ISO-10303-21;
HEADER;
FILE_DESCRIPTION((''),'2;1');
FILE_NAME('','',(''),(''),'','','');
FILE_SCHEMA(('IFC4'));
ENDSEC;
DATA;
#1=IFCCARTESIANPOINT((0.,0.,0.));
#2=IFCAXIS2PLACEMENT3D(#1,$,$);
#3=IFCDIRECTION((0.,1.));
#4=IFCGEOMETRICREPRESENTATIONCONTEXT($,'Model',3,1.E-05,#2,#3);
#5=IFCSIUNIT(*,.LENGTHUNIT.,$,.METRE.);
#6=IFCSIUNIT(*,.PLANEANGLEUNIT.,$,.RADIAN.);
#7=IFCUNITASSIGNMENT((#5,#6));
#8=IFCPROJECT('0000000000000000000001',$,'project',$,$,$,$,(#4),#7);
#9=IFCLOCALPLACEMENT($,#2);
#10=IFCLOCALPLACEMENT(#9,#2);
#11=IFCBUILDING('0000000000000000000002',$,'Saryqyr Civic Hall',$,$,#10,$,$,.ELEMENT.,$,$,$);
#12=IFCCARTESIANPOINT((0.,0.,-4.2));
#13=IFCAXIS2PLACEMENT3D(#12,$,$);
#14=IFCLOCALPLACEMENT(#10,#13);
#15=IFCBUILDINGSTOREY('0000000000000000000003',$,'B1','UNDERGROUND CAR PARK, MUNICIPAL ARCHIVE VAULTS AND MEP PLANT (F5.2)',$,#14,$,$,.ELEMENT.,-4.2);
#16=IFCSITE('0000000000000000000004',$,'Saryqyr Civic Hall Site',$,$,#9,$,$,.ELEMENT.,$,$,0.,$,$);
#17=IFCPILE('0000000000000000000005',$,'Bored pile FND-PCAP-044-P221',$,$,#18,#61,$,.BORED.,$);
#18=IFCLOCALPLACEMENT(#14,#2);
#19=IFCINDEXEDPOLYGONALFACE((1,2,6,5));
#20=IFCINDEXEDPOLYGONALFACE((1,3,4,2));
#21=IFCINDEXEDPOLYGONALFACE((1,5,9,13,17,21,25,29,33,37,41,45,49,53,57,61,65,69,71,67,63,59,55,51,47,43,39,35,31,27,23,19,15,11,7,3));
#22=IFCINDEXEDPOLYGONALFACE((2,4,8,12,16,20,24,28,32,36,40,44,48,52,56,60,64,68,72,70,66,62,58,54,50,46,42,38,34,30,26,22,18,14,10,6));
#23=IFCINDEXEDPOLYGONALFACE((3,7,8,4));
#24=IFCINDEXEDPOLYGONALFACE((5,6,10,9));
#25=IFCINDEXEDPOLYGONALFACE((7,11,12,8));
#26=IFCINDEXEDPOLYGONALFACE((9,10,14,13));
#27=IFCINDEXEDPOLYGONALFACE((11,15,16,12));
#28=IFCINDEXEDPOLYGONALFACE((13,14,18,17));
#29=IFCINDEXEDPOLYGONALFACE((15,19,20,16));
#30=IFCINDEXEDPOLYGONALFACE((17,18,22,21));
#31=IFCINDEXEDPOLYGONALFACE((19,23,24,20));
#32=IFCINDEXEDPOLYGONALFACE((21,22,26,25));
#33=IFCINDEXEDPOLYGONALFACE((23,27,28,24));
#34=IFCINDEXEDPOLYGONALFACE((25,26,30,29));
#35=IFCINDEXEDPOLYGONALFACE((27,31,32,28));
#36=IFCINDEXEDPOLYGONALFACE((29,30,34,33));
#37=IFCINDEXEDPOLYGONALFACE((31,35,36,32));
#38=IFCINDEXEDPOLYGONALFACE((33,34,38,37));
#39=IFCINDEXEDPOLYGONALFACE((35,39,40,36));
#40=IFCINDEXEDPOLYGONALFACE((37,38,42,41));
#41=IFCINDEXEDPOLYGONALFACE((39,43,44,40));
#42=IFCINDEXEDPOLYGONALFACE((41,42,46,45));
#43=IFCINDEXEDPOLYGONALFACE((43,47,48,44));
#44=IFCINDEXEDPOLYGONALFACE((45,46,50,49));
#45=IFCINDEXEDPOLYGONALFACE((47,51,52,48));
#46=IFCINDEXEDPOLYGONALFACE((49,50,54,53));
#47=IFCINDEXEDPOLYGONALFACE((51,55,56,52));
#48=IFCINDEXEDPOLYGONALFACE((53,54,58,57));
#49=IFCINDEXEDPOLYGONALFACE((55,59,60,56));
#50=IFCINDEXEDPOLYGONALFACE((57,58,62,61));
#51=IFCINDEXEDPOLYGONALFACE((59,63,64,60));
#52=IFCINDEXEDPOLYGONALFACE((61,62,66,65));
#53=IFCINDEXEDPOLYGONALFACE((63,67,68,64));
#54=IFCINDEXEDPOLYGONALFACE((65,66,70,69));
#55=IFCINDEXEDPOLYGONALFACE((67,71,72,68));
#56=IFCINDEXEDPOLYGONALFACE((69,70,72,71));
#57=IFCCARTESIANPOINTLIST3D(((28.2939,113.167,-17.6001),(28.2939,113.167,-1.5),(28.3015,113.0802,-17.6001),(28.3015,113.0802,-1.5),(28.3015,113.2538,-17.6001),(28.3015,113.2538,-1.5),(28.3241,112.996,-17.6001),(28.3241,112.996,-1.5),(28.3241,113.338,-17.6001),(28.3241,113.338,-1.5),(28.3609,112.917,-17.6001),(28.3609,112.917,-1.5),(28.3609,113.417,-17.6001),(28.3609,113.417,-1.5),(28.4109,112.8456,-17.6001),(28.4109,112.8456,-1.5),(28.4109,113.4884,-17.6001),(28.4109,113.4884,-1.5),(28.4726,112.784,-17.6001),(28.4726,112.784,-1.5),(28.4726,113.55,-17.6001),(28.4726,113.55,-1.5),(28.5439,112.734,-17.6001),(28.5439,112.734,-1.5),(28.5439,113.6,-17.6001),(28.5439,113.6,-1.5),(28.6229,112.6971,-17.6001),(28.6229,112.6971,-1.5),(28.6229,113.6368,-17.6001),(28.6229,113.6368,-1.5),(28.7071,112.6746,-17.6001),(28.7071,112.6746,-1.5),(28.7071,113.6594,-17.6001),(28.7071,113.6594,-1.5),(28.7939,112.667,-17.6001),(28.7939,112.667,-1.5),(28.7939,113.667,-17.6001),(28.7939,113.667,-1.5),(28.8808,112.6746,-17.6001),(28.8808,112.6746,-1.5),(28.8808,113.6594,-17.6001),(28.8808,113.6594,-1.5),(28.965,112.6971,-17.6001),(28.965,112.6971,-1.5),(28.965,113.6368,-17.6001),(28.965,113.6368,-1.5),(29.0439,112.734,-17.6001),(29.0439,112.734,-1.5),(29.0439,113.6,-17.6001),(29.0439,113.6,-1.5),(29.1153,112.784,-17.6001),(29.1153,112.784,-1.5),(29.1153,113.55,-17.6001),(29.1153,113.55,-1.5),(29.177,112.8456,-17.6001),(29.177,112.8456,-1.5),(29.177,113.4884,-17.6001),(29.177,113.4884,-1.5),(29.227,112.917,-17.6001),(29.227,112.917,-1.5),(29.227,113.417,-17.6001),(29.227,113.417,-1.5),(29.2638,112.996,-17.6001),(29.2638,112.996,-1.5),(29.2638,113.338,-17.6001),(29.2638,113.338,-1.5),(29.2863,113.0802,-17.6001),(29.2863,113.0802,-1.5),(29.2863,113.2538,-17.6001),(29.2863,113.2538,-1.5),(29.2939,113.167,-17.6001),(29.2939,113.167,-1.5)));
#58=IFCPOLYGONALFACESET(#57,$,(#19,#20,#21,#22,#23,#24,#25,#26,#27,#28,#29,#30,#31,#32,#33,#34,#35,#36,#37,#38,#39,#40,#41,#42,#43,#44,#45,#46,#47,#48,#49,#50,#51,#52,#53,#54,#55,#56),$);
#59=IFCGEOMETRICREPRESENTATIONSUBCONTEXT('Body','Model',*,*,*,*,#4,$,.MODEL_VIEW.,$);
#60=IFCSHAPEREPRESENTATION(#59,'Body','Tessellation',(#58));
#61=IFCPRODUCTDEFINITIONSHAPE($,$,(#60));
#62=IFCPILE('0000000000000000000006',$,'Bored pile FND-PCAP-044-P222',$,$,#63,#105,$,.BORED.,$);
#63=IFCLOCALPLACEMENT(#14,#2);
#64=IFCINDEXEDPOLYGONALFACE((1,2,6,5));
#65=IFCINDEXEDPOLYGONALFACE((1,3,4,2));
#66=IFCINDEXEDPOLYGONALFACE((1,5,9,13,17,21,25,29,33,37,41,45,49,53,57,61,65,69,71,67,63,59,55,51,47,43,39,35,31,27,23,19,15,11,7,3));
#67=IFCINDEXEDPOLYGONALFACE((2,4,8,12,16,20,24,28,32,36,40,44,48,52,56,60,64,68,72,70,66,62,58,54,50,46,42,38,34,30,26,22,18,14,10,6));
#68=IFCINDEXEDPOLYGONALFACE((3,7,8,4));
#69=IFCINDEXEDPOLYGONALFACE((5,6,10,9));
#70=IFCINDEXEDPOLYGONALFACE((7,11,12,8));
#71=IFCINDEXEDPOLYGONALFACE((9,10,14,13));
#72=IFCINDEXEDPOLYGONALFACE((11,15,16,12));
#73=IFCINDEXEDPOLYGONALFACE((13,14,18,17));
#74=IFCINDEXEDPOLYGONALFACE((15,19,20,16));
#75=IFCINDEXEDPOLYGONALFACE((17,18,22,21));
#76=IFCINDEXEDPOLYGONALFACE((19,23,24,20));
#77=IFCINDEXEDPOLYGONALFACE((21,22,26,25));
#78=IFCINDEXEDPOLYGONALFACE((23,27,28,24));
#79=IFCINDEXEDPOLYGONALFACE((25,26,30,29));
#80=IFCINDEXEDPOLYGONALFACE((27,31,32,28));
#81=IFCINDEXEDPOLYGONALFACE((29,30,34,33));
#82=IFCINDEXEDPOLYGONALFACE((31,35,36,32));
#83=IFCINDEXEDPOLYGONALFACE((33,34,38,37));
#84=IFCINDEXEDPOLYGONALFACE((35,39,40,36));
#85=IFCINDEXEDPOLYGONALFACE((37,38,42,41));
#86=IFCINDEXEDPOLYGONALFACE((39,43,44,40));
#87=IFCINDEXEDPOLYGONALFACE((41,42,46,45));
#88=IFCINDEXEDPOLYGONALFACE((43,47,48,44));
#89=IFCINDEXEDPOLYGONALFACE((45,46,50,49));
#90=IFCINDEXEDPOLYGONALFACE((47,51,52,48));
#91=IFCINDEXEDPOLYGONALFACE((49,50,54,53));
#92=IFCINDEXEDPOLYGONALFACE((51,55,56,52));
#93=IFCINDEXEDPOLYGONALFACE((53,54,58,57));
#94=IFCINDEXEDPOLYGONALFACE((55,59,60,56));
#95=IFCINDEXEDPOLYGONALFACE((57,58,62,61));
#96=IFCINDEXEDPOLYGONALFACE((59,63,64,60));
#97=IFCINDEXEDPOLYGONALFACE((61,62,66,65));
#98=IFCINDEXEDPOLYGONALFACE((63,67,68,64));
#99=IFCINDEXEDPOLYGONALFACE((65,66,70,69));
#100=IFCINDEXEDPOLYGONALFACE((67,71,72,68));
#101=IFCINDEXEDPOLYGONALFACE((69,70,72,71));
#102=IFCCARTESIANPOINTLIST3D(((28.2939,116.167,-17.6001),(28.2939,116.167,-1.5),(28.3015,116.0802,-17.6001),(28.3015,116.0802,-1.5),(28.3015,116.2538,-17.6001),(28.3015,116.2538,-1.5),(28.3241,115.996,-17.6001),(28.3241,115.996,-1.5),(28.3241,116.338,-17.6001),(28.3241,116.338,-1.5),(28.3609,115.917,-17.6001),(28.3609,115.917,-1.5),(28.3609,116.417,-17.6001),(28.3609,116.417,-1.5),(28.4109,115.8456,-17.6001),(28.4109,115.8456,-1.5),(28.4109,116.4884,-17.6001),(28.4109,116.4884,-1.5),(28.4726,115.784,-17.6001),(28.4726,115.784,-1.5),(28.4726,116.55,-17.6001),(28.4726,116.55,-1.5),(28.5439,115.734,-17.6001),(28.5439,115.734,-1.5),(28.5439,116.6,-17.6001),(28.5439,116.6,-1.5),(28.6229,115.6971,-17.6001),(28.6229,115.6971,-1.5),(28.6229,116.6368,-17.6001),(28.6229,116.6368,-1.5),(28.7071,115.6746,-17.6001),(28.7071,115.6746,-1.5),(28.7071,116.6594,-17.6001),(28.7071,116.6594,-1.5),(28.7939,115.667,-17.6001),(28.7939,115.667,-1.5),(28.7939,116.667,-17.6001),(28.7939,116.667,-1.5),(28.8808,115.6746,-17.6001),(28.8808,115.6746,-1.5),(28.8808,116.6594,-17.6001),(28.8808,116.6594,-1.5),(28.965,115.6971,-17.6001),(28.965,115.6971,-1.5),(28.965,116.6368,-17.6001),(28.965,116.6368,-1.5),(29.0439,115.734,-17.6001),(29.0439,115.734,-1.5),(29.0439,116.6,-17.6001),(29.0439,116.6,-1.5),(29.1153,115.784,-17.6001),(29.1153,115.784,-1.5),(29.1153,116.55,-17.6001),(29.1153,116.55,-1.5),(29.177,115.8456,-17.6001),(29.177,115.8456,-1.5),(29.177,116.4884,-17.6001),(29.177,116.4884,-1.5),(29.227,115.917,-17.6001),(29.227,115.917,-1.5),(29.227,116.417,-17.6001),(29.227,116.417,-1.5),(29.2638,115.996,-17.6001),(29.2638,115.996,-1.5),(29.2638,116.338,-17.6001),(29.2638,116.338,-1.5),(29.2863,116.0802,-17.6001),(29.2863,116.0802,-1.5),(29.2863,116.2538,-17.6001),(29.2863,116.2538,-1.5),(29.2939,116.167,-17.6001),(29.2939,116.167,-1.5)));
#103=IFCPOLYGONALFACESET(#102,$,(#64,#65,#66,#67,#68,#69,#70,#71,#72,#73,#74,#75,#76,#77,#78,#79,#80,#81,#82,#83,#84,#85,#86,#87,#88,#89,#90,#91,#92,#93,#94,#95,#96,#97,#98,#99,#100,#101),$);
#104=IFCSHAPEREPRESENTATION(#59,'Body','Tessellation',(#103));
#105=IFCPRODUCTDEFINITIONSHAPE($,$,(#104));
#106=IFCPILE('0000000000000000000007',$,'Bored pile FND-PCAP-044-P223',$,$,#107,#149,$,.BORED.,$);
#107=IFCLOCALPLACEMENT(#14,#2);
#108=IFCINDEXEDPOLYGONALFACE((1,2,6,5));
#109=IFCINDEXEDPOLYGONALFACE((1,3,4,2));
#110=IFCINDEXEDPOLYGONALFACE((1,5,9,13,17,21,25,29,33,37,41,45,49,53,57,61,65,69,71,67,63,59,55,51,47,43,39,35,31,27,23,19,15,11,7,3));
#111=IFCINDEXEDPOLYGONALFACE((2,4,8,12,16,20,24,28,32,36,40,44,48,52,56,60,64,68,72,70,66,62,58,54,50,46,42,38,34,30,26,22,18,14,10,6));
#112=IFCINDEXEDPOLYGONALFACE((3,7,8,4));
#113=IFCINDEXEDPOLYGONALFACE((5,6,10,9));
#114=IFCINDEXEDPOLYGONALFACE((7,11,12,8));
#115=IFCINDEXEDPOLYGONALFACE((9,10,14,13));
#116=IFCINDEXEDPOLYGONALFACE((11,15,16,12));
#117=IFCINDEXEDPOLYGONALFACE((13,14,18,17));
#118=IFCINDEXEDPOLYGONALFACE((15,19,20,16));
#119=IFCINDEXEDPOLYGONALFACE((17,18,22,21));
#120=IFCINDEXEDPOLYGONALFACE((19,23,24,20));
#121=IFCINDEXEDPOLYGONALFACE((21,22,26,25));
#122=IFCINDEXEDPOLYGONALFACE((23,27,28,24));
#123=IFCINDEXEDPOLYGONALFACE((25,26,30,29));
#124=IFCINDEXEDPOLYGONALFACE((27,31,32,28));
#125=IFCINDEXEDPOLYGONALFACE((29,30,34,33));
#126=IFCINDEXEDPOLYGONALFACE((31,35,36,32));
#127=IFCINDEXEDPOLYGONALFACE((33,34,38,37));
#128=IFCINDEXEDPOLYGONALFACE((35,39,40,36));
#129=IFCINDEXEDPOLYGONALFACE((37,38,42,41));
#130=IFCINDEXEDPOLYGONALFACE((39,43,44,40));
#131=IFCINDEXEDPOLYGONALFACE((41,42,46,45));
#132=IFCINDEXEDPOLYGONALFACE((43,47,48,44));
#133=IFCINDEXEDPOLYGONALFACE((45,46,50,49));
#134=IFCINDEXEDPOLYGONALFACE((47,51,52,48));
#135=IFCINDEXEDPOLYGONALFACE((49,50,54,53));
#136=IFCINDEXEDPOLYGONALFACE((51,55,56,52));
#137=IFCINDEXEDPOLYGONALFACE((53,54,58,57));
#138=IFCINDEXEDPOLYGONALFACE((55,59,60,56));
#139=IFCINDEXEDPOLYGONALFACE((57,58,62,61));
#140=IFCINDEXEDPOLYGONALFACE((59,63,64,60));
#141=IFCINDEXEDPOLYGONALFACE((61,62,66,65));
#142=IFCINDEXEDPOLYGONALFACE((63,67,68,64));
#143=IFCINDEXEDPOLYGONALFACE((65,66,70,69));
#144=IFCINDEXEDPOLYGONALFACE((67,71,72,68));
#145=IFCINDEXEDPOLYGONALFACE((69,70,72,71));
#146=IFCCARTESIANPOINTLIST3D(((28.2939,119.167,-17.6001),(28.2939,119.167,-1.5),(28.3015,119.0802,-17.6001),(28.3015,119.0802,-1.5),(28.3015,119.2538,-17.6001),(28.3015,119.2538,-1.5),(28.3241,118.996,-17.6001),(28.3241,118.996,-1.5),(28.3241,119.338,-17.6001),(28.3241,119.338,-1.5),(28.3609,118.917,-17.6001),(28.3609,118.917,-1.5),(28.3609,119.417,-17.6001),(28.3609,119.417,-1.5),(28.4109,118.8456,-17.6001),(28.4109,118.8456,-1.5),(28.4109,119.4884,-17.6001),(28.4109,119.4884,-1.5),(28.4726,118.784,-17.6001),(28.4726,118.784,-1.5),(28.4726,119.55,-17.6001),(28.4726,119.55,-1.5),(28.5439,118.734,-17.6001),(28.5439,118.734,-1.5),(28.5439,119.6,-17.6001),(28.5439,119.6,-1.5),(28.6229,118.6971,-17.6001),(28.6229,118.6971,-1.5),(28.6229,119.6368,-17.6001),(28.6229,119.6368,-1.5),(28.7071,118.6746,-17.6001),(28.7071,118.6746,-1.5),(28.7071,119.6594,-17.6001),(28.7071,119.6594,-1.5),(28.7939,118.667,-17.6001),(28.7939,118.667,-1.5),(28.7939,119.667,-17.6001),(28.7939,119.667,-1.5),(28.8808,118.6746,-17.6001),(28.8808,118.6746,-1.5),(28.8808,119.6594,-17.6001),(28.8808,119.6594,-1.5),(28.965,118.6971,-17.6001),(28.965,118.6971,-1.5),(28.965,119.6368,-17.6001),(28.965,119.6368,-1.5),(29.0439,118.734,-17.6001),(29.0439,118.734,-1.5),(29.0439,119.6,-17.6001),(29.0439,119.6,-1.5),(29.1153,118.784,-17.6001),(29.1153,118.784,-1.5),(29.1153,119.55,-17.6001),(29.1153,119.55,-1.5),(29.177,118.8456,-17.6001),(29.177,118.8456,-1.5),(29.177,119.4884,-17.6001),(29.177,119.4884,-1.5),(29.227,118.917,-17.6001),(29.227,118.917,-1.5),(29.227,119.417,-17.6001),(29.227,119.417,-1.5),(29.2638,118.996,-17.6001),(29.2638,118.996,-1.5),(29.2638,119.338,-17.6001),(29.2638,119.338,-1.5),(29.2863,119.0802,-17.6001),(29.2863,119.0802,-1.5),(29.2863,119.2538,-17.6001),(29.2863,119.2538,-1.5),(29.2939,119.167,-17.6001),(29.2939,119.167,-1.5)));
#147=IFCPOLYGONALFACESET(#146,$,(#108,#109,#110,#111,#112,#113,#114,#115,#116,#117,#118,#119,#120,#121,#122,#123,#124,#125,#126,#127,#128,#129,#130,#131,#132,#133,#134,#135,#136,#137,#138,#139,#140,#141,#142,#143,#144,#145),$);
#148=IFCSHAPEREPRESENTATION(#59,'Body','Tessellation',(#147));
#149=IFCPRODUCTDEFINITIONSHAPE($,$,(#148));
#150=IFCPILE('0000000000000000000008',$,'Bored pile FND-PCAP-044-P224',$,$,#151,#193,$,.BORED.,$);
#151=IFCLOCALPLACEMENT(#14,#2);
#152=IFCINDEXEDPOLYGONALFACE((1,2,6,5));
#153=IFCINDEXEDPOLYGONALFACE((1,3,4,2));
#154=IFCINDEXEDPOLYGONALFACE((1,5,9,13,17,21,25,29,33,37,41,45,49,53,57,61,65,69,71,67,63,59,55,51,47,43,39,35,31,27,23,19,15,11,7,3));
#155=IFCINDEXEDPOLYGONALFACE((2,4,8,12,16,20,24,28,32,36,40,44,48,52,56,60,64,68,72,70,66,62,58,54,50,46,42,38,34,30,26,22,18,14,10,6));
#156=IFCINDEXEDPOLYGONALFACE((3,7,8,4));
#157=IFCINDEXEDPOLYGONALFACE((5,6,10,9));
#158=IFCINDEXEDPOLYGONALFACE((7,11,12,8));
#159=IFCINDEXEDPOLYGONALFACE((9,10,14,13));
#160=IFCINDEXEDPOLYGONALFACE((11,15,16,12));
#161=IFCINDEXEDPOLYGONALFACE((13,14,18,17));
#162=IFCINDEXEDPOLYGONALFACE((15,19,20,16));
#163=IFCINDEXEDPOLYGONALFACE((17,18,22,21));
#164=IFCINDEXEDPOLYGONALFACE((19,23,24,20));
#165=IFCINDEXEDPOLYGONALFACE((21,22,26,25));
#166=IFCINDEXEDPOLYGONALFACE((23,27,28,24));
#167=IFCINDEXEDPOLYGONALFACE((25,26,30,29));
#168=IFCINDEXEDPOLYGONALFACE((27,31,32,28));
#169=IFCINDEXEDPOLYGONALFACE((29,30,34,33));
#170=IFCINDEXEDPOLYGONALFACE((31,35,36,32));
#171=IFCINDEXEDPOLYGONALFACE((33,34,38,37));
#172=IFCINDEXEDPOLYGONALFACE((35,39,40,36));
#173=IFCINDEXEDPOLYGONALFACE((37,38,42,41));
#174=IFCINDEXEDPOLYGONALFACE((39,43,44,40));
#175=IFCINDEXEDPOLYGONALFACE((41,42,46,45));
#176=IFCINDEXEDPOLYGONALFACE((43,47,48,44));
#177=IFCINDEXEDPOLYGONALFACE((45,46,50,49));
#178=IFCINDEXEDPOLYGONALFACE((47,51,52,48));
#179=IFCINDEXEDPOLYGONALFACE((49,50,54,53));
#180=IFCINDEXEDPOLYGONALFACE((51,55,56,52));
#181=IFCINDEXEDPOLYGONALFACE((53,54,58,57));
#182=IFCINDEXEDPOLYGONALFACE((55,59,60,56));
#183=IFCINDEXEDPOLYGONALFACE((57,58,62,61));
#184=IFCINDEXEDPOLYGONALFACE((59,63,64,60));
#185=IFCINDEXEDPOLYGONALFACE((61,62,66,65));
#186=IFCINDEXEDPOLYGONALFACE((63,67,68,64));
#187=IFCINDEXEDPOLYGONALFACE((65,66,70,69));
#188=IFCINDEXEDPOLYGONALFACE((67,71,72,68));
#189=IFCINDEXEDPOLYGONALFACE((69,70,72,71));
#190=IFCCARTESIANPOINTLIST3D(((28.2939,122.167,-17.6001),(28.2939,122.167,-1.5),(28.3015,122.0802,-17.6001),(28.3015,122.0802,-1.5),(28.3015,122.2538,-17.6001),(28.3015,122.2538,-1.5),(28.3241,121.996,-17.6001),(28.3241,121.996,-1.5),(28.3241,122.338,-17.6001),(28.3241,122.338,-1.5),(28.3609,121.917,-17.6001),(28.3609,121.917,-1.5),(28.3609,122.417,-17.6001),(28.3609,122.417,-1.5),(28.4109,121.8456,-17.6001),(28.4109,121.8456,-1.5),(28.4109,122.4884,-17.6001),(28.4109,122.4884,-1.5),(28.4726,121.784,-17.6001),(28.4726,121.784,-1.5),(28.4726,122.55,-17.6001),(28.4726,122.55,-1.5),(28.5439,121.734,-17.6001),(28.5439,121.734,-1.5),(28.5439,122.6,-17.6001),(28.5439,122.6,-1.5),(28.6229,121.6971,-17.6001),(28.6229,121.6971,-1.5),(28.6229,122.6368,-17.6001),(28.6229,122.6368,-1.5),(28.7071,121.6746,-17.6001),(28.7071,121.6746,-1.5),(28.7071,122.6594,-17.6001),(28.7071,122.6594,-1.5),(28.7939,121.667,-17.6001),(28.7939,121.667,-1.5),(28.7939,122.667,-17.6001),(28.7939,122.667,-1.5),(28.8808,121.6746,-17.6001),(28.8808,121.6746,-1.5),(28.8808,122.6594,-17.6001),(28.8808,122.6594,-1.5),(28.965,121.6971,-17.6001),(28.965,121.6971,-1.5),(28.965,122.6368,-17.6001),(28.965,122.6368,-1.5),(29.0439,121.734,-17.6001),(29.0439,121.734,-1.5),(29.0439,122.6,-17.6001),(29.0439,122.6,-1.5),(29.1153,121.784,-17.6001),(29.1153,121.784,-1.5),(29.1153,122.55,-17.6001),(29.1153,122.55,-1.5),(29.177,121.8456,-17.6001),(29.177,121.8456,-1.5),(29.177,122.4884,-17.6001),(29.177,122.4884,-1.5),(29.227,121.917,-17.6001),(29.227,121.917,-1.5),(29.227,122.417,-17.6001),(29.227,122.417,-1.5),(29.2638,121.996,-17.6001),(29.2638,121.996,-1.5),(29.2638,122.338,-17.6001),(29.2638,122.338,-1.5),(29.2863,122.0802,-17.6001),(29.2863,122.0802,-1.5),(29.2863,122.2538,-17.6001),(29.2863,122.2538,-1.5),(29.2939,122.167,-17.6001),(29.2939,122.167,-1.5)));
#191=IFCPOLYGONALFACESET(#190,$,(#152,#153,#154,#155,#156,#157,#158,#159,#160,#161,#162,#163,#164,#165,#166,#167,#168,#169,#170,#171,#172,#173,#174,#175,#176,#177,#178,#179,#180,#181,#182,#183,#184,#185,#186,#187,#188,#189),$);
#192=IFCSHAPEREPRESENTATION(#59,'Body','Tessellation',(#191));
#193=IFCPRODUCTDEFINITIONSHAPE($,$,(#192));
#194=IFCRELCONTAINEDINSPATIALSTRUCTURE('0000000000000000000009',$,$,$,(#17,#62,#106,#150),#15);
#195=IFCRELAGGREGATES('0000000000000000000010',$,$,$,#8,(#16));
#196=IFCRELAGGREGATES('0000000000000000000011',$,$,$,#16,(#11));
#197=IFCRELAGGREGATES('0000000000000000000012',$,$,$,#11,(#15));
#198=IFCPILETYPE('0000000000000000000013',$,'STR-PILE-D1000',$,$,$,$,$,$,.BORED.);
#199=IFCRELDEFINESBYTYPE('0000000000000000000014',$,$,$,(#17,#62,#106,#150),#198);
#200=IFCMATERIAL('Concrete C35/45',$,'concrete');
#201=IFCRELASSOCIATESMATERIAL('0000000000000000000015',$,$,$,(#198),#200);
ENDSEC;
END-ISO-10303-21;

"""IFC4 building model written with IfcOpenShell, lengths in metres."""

from ifc_helpers import new_model, si_unit, direction, frame, origin, origin_2d, place, context, subcontext, project, spatial, circle, extrude, material, material_profile, profile_set, type_object, element, save


model = new_model("IFC4")

# Units and contexts
model_context = context("Model", 3, precision=1e-05, world=origin(), true_north=direction((0.0, 1.0)))
body_context = subcontext(model_context, "Body", "Model", "MODEL_VIEW")
ifc_project = project(units=[si_unit("LENGTHUNIT", "METRE"), si_unit("PLANEANGLEUNIT", "RADIAN")], contexts=[model_context])

# Site, building, storey
site_placement = place(None, origin())
site = spatial("IfcSite", under=ifc_project, at=site_placement, Name="Saryqyr Civic Hall Site", CompositionType="ELEMENT", RefElevation=0.0)
building_placement = place(site_placement, origin())
building = spatial("IfcBuilding", under=site, at=building_placement, Name="Saryqyr Civic Hall", CompositionType="ELEMENT")
storey_placement = place(building_placement, frame((0.0, 0.0, -4.2)))
storey = spatial("IfcBuildingStorey", under=building, at=storey_placement, Name="B1", Description="UNDERGROUND CAR PARK, MUNICIPAL ARCHIVE VAULTS AND MEP PLANT (F5.2)", CompositionType="ELEMENT", Elevation=-4.2)

# Shared definitions
ifc_material_1 = material(Name="Concrete C35/45", Category="concrete")

# Piles
ifc_material_profile_1 = material_profile(ifc_material_1, circle(Radius=0.5, at=origin_2d()), Name="BORED PILE D1000")
ifc_profile_set_1 = profile_set([ifc_material_profile_1], Name="Concrete C35/45")
pile_type = type_object("IfcPileType", Name="STR-PILE-D1000", PredefinedType="BORED", material=ifc_profile_set_1)
for number, where, z_axis, x_axis, name in (
    (1, (28.7939, 113.167, -1.5), (0.0, 0.0, -1.0), (1.0, 0.0, 0.0), "Bored pile FND-PCAP-044-P221"),
    (2, (28.7939, 116.167, -1.5), (0.0, 0.0, -1.0), (1.0, 0.0, 0.0), "Bored pile FND-PCAP-044-P222"),
    (3, (28.7939, 119.167, -1.5), (0.0, 0.0, -1.0), (1.0, 0.0, 0.0), "Bored pile FND-PCAP-044-P223"),
    (4, (28.7939, 122.167, -1.5), (0.0, 0.0, -1.0), (1.0, 0.0, 0.0), "Bored pile FND-PCAP-044-P224"),
):
    element("IfcPile", number, at=place(storey_placement, frame(where, z_axis=z_axis, x_axis=x_axis)), inside=storey, type_object=pile_type, Name=name, PredefinedType="BORED", context=body_context, shape_type="SweptSolid", body=[
        extrude(circle(Radius=0.5, at=origin_2d()), origin(), (0.0, 0.0, 1.0), 16.1001),
    ])

save(model, "model.ifc")
